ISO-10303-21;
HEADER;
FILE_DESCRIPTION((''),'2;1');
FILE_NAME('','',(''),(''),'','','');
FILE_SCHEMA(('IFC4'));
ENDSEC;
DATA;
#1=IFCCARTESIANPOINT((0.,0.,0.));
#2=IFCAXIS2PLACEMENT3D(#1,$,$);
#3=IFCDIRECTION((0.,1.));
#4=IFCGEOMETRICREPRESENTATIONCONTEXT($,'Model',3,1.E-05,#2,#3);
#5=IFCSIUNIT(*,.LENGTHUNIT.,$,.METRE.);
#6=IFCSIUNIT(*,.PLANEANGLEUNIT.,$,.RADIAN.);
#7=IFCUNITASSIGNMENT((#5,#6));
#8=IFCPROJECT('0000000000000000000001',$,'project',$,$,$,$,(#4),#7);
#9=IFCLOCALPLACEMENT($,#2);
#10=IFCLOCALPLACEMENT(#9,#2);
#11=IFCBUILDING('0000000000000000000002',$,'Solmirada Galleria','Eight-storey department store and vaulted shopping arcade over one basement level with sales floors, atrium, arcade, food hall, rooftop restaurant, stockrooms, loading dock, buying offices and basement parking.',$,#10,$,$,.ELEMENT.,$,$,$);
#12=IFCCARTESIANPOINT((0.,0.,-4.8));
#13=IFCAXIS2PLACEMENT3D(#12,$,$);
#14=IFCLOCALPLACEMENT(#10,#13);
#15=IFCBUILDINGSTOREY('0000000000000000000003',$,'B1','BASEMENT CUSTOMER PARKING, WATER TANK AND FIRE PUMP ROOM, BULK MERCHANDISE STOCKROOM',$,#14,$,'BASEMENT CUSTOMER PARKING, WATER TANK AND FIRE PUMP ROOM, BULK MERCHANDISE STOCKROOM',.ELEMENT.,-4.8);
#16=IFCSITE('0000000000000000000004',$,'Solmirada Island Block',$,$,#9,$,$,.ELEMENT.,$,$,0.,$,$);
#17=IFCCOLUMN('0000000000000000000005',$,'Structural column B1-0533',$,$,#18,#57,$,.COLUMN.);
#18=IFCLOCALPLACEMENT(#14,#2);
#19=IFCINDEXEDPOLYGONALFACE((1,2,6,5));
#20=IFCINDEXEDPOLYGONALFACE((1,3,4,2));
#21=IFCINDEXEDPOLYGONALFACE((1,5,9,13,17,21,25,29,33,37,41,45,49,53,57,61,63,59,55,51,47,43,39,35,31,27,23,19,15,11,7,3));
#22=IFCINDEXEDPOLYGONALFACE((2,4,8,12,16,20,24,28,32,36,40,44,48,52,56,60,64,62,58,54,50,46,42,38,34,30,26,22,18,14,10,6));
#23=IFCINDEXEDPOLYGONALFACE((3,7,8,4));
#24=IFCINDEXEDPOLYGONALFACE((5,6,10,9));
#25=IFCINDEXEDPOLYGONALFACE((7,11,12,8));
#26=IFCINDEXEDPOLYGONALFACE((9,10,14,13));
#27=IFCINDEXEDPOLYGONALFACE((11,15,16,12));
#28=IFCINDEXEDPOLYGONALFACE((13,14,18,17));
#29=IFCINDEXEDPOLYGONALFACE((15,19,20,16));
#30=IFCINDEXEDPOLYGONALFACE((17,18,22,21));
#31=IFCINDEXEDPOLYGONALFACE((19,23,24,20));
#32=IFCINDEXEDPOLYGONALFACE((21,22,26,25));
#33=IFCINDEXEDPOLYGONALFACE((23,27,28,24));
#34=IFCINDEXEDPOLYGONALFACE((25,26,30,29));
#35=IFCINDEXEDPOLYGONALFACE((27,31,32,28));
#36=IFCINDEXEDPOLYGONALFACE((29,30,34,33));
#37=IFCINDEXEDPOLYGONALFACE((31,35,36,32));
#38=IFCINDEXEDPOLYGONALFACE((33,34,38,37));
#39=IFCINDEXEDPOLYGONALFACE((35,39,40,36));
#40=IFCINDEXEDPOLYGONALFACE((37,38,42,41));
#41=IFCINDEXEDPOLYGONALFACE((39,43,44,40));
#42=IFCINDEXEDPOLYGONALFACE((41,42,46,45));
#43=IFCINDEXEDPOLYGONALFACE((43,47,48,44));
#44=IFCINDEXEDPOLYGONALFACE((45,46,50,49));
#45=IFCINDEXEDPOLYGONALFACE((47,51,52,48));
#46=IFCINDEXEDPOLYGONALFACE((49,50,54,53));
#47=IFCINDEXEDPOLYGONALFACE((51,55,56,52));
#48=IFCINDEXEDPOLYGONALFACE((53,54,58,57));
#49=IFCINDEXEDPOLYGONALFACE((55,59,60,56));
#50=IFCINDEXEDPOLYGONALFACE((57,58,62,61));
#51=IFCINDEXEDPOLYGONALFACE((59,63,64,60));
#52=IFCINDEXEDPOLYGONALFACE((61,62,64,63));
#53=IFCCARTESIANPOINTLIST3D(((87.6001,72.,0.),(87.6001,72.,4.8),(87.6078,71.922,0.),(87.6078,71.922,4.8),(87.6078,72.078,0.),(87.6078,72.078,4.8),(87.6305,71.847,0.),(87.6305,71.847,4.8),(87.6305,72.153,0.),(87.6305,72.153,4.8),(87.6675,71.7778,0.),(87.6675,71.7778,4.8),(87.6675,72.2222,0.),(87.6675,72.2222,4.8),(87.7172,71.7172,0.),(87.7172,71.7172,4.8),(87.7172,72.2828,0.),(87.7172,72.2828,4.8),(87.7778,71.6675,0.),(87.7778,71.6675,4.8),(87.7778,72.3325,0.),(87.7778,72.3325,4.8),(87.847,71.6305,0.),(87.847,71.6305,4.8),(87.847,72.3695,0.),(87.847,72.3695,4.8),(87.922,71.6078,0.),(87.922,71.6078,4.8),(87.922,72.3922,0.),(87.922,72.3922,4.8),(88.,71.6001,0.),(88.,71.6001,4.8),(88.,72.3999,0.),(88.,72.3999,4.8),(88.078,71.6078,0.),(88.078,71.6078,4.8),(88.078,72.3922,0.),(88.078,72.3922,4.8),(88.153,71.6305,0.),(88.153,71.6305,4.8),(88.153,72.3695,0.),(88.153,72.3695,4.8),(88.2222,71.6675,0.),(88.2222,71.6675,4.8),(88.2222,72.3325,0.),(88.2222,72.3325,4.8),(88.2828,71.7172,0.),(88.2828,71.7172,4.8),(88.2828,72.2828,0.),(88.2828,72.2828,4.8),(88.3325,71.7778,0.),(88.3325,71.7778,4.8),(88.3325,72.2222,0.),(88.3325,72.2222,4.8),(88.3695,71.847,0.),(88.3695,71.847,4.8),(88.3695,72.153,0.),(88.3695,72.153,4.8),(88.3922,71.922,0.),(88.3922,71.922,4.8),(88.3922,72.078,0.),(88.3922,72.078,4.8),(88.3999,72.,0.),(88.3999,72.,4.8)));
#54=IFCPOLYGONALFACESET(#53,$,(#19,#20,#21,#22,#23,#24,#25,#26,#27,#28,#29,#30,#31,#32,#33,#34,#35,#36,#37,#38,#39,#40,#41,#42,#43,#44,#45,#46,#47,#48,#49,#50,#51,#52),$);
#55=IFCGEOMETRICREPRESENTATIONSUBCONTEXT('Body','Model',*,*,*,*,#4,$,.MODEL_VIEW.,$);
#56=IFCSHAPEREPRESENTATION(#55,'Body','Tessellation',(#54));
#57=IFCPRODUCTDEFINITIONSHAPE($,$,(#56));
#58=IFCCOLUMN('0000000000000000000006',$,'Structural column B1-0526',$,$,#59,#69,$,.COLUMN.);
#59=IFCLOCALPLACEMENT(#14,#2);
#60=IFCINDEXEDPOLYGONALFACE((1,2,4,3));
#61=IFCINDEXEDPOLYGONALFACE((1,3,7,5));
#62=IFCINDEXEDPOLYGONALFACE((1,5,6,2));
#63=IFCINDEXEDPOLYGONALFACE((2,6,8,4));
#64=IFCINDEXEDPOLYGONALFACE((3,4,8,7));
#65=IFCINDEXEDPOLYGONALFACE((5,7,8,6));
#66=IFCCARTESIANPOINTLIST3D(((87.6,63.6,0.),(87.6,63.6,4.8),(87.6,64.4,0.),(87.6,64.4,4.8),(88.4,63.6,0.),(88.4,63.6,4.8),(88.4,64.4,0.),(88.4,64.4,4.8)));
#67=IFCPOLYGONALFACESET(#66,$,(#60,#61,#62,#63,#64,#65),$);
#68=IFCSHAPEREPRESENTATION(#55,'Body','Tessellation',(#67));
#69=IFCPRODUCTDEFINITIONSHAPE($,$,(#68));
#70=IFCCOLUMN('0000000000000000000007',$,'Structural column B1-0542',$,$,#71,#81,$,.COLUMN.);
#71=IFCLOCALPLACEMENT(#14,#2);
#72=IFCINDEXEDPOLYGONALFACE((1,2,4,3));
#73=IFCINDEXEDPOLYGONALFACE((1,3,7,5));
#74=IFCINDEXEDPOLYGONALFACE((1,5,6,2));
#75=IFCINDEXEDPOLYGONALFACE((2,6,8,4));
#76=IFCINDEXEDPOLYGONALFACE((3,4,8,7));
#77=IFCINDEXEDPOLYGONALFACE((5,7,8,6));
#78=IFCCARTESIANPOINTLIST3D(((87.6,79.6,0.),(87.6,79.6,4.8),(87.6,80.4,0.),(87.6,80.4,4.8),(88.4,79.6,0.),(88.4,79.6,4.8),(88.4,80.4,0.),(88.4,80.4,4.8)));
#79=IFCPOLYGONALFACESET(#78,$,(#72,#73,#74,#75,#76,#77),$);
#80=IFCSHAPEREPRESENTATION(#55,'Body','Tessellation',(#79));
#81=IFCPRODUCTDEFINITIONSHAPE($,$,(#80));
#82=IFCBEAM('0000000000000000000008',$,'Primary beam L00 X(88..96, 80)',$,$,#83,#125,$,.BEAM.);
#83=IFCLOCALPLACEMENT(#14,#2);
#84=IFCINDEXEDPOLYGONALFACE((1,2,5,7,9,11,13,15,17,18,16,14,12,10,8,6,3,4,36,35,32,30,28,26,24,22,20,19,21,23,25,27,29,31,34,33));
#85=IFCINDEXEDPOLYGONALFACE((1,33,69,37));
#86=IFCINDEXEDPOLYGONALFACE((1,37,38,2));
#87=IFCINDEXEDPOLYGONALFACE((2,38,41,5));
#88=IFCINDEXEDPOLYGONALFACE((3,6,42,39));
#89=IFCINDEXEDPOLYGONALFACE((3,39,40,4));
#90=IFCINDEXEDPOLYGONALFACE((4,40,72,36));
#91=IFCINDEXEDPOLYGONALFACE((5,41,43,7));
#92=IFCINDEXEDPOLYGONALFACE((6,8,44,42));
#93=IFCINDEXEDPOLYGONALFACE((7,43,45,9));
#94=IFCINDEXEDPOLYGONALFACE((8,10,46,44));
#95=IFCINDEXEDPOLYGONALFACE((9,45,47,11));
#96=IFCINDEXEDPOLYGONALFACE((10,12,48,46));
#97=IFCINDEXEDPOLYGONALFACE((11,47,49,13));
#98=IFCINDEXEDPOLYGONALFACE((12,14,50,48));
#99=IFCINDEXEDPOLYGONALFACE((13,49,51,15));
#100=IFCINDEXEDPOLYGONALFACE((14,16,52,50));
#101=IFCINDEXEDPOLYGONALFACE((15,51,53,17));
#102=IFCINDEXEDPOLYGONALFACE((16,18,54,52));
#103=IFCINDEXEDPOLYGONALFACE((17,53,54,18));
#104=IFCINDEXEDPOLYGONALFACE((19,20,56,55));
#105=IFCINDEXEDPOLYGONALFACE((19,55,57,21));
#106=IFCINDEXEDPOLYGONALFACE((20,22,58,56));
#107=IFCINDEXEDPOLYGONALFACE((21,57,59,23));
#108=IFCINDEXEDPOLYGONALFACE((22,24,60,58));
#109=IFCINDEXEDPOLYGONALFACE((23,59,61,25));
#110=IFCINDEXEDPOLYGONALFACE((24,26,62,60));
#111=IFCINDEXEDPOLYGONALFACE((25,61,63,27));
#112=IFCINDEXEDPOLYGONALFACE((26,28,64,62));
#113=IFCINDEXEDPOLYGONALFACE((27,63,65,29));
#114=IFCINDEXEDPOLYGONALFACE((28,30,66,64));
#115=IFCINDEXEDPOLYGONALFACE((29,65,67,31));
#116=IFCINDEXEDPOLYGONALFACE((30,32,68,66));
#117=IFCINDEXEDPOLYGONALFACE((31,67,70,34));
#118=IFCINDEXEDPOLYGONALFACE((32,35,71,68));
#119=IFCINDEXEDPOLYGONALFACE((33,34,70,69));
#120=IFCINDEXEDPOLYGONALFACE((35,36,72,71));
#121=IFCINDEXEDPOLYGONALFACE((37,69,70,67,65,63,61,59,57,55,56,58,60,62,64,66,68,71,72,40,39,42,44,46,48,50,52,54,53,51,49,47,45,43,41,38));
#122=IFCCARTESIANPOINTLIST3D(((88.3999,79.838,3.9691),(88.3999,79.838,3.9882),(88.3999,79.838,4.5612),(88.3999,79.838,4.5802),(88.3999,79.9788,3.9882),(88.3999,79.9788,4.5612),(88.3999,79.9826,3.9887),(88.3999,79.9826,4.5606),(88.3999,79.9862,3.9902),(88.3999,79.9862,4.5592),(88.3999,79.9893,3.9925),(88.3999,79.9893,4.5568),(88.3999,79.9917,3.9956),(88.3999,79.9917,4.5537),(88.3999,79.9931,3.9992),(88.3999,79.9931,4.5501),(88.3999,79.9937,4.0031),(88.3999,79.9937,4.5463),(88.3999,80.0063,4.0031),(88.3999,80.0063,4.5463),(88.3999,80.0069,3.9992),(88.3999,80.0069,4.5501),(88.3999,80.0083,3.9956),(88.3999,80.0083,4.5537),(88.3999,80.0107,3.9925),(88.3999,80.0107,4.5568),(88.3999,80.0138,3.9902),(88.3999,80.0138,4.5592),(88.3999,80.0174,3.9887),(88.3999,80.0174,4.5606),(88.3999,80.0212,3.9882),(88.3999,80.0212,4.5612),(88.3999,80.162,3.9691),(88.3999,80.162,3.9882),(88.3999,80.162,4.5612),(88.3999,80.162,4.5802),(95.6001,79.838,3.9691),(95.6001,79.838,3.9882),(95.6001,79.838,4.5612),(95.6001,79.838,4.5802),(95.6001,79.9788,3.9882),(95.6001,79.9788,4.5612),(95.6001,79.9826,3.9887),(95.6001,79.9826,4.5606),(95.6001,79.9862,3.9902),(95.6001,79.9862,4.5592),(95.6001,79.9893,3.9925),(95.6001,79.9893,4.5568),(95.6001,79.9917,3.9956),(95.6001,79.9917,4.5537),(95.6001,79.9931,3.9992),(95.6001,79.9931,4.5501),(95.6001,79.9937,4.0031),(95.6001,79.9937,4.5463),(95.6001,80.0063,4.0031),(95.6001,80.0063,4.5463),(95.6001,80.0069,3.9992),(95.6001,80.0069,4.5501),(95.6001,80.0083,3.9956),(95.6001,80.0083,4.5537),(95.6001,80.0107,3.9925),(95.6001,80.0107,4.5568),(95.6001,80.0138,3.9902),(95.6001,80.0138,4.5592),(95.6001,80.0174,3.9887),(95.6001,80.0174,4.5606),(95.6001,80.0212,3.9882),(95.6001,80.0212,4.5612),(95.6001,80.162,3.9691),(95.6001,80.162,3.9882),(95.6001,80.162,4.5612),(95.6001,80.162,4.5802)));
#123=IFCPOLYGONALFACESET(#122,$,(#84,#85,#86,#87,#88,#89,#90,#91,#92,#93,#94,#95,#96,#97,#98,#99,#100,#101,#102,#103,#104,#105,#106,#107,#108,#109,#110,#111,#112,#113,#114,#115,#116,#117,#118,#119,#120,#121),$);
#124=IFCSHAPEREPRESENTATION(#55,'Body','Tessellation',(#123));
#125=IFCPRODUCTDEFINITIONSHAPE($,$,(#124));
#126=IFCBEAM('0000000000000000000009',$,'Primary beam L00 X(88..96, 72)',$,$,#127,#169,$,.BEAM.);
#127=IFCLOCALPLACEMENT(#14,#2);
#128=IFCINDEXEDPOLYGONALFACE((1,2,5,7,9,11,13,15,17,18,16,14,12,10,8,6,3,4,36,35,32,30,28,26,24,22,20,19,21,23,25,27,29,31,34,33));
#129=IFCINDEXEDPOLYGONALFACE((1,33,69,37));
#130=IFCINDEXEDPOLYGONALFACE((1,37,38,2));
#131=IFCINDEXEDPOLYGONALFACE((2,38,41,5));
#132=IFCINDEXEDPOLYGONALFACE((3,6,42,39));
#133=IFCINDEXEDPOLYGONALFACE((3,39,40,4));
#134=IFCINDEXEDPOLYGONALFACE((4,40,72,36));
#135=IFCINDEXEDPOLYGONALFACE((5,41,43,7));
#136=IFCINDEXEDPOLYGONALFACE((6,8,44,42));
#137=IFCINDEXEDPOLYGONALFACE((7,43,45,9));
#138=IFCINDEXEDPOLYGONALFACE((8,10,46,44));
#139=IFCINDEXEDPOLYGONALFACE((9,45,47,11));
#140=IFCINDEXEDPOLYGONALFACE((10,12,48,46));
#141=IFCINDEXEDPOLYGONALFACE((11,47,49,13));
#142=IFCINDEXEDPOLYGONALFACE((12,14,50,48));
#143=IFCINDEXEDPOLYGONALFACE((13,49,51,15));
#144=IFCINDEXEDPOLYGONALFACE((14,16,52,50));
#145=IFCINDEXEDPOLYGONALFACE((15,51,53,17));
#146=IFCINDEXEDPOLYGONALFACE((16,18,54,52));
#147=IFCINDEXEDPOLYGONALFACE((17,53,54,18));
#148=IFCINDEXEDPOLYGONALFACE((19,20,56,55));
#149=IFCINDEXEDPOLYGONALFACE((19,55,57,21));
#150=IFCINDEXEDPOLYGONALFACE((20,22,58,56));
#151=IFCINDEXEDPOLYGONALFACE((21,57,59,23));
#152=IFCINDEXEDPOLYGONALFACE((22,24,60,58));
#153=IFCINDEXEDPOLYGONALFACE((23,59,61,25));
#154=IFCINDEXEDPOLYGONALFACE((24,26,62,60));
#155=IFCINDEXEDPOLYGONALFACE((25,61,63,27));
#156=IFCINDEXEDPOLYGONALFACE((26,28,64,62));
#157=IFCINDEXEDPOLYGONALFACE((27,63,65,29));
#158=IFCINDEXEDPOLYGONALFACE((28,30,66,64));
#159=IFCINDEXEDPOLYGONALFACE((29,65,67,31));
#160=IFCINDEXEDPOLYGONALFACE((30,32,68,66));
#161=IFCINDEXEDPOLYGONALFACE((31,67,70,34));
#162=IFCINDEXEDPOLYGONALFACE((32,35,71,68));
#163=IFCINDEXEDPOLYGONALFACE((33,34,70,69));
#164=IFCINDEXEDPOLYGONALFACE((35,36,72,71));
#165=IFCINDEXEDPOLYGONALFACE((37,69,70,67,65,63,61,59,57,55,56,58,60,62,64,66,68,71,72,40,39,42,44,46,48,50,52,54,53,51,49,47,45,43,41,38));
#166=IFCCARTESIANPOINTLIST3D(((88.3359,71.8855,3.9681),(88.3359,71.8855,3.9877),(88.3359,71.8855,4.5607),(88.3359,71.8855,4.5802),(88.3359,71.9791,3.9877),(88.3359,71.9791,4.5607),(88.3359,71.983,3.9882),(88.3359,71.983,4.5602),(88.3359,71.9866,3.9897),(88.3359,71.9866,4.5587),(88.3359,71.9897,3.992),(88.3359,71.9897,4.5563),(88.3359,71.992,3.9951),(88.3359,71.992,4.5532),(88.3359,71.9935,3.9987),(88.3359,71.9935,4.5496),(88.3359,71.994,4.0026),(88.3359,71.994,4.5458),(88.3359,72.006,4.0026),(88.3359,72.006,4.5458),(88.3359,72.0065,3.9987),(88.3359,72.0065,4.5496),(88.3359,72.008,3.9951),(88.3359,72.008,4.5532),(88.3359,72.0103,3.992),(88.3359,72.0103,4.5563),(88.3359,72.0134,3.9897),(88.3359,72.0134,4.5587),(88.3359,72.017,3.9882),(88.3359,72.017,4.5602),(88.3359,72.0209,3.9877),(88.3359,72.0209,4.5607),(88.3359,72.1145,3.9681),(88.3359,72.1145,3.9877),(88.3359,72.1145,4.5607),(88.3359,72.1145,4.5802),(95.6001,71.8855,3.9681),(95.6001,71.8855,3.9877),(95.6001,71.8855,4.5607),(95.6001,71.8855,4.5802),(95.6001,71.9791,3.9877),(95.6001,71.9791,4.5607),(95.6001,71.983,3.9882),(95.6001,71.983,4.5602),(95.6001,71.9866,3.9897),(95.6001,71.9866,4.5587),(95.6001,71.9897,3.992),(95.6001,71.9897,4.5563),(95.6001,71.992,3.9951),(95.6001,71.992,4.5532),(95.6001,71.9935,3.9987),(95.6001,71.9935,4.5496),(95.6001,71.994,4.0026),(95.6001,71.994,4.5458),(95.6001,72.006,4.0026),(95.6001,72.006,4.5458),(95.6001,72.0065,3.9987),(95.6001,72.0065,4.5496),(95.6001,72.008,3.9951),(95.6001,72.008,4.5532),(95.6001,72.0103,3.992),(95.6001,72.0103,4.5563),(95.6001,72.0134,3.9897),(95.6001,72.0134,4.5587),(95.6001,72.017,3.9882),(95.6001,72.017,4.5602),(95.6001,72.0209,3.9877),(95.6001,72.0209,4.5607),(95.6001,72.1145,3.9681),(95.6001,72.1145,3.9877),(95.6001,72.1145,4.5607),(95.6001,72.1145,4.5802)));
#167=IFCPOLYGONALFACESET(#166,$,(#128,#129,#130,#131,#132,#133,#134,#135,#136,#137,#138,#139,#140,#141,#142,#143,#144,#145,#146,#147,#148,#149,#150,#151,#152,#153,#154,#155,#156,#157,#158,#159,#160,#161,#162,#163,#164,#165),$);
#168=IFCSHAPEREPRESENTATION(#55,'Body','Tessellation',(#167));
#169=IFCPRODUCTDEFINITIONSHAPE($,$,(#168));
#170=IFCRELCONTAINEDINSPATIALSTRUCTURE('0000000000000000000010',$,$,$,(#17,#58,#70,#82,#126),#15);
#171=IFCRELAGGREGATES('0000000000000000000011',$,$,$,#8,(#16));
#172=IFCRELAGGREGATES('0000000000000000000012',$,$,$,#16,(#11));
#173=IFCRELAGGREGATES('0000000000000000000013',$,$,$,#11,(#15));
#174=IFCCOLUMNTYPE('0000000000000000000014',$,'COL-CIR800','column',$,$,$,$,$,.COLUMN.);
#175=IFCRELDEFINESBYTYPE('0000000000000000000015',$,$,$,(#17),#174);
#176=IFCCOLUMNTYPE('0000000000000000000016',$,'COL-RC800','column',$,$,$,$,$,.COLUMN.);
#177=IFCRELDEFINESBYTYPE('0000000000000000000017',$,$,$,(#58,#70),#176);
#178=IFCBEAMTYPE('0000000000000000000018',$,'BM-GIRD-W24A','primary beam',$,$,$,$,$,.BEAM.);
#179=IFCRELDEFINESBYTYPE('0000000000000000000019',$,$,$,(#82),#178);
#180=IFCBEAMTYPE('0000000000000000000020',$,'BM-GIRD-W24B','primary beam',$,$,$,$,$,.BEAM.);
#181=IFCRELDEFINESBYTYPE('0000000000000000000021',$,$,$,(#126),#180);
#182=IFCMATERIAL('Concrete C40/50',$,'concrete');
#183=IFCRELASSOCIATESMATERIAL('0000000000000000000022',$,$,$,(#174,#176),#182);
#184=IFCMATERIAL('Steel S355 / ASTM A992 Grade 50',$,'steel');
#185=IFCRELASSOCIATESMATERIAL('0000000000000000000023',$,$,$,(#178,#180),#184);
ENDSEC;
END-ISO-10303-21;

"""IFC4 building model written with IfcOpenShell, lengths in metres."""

from ifc_helpers import new_model, si_unit, direction, frame, origin, origin_2d, place, context, subcontext, project, spatial, rectangle, circle, i_section, extrude, material, material_profile, profile_set, type_object, element, save


model = new_model("IFC4")

# Units and contexts
model_context = context("Model", 3, precision=1e-05, world=origin(), true_north=direction((0.0, 1.0)))
body_context = subcontext(model_context, "Body", "Model", "MODEL_VIEW")
ifc_project = project(units=[si_unit("LENGTHUNIT", "METRE"), si_unit("PLANEANGLEUNIT", "RADIAN")], contexts=[model_context])

# Site, building, storey
site_placement = place(None, origin())
site = spatial("IfcSite", under=ifc_project, at=site_placement, Name="Solmirada Island Block", CompositionType="ELEMENT", RefElevation=0.0)
building_placement = place(site_placement, origin())
building = spatial("IfcBuilding", under=site, at=building_placement, Name="Solmirada Galleria", Description="Eight-storey department store and vaulted shopping arcade over one basement level with sales floors, atrium, arcade, food hall, rooftop restaurant, stockrooms, loading dock, buying offices and basement parking.", CompositionType="ELEMENT")
storey_placement = place(building_placement, frame((0.0, 0.0, -4.8)))
storey = spatial("IfcBuildingStorey", under=building, at=storey_placement, Name="B1", Description="BASEMENT CUSTOMER PARKING, WATER TANK AND FIRE PUMP ROOM, BULK MERCHANDISE STOCKROOM", LongName="BASEMENT CUSTOMER PARKING, WATER TANK AND FIRE PUMP ROOM, BULK MERCHANDISE STOCKROOM", CompositionType="ELEMENT", Elevation=-4.8)

# Shared definitions
ifc_material_1 = material(Name="Concrete C40/50", Category="concrete")

# Columns
ifc_material_profile_1 = material_profile(ifc_material_1, circle(Radius=0.3999, at=origin_2d()), Name="RCCOL800")
ifc_profile_set_1 = profile_set([ifc_material_profile_1], Name="Concrete C40/50")
column_type_1 = type_object("IfcColumnType", Name="COL-CIR800", Description="column", PredefinedType="COLUMN", material=ifc_profile_set_1)
column_placement = place(storey_placement, frame((88.0, 72.0, 0.0), z_axis=(0.0, 0.0, 1.0), x_axis=(1.0, 0.0, 0.0)))
element("IfcColumn", 1, at=column_placement, inside=storey, type_object=column_type_1, Name="Structural column B1-0533", PredefinedType="COLUMN", context=body_context, shape_type="SweptSolid", body=[
    extrude(circle(Radius=0.3999, at=origin_2d()), origin(), (0.0, 0.0, 1.0), 4.8),
])
ifc_material_profile_2 = material_profile(ifc_material_1, rectangle(XDim=0.8, YDim=0.8, at=origin_2d()), Name="RC800X800")
ifc_profile_set_2 = profile_set([ifc_material_profile_2], Name="Concrete C40/50")
column_type_2 = type_object("IfcColumnType", Name="COL-RC800", Description="column", PredefinedType="COLUMN", material=ifc_profile_set_2)
for number, where, z_axis, x_axis, name in (
    (2, (88.0, 64.0, 0.0), (0.0, 0.0, 1.0), (1.0, 0.0, 0.0), "Structural column B1-0526"),
    (3, (88.0, 80.0, 0.0), (0.0, 0.0, 1.0), (1.0, 0.0, 0.0), "Structural column B1-0542"),
):
    element("IfcColumn", number, at=place(storey_placement, frame(where, z_axis=z_axis, x_axis=x_axis)), inside=storey, type_object=column_type_2, Name=name, PredefinedType="COLUMN", context=body_context, shape_type="SweptSolid", body=[
        extrude(rectangle(XDim=0.8, YDim=0.8, at=origin_2d()), origin(), (0.0, 0.0, 1.0), 4.8),
    ])

# Beams
ifc_material_2 = material(Name="Steel S355 / ASTM A992 Grade 50", Category="steel")
ifc_material_profile_3 = material_profile(ifc_material_2, i_section(OverallWidth=0.324, OverallDepth=0.6111, WebThickness=0.0127, FlangeThickness=0.019, FilletRadius=0.0149, at=origin_2d()), Name="W24X104")
ifc_profile_set_3 = profile_set([ifc_material_profile_3], Name="Steel S355 / ASTM A992 Grade 50")
beam_type_1 = type_object("IfcBeamType", Name="BM-GIRD-W24A", Description="primary beam", PredefinedType="BEAM", material=ifc_profile_set_3)
beam_1_placement = place(storey_placement, frame((88.3999, 80.0, 4.2747), z_axis=(1.0, 0.0, 0.0), x_axis=(0.0, 1.0, 0.0)))
element("IfcBeam", 4, at=beam_1_placement, inside=storey, type_object=beam_type_1, Name="Primary beam L00 X(88..96, 80)", PredefinedType="BEAM", context=body_context, shape_type="SweptSolid", body=[
    extrude(i_section(OverallWidth=0.324, OverallDepth=0.6111, WebThickness=0.0127, FlangeThickness=0.019, FilletRadius=0.0149, at=origin_2d()), origin(), (0.0, 0.0, 1.0), 7.2002),
])
ifc_material_profile_4 = material_profile(ifc_material_2, i_section(OverallWidth=0.229, OverallDepth=0.6121, WebThickness=0.012, FlangeThickness=0.0195, FilletRadius=0.0149, at=origin_2d()), Name="W24X84")
ifc_profile_set_4 = profile_set([ifc_material_profile_4], Name="Steel S355 / ASTM A992 Grade 50")
beam_type_2 = type_object("IfcBeamType", Name="BM-GIRD-W24B", Description="primary beam", PredefinedType="BEAM", material=ifc_profile_set_4)
beam_2_placement = place(storey_placement, frame((88.3359, 72.0, 4.2742), z_axis=(1.0, 0.0, 0.0), x_axis=(0.0, 1.0, 0.0)))
element("IfcBeam", 5, at=beam_2_placement, inside=storey, type_object=beam_type_2, Name="Primary beam L00 X(88..96, 72)", PredefinedType="BEAM", context=body_context, shape_type="SweptSolid", body=[
    extrude(i_section(OverallWidth=0.229, OverallDepth=0.6121, WebThickness=0.012, FlangeThickness=0.0195, FilletRadius=0.0149, at=origin_2d()), origin(), (0.0, 0.0, 1.0), 7.2642),
])

save(model, "model.ifc")
